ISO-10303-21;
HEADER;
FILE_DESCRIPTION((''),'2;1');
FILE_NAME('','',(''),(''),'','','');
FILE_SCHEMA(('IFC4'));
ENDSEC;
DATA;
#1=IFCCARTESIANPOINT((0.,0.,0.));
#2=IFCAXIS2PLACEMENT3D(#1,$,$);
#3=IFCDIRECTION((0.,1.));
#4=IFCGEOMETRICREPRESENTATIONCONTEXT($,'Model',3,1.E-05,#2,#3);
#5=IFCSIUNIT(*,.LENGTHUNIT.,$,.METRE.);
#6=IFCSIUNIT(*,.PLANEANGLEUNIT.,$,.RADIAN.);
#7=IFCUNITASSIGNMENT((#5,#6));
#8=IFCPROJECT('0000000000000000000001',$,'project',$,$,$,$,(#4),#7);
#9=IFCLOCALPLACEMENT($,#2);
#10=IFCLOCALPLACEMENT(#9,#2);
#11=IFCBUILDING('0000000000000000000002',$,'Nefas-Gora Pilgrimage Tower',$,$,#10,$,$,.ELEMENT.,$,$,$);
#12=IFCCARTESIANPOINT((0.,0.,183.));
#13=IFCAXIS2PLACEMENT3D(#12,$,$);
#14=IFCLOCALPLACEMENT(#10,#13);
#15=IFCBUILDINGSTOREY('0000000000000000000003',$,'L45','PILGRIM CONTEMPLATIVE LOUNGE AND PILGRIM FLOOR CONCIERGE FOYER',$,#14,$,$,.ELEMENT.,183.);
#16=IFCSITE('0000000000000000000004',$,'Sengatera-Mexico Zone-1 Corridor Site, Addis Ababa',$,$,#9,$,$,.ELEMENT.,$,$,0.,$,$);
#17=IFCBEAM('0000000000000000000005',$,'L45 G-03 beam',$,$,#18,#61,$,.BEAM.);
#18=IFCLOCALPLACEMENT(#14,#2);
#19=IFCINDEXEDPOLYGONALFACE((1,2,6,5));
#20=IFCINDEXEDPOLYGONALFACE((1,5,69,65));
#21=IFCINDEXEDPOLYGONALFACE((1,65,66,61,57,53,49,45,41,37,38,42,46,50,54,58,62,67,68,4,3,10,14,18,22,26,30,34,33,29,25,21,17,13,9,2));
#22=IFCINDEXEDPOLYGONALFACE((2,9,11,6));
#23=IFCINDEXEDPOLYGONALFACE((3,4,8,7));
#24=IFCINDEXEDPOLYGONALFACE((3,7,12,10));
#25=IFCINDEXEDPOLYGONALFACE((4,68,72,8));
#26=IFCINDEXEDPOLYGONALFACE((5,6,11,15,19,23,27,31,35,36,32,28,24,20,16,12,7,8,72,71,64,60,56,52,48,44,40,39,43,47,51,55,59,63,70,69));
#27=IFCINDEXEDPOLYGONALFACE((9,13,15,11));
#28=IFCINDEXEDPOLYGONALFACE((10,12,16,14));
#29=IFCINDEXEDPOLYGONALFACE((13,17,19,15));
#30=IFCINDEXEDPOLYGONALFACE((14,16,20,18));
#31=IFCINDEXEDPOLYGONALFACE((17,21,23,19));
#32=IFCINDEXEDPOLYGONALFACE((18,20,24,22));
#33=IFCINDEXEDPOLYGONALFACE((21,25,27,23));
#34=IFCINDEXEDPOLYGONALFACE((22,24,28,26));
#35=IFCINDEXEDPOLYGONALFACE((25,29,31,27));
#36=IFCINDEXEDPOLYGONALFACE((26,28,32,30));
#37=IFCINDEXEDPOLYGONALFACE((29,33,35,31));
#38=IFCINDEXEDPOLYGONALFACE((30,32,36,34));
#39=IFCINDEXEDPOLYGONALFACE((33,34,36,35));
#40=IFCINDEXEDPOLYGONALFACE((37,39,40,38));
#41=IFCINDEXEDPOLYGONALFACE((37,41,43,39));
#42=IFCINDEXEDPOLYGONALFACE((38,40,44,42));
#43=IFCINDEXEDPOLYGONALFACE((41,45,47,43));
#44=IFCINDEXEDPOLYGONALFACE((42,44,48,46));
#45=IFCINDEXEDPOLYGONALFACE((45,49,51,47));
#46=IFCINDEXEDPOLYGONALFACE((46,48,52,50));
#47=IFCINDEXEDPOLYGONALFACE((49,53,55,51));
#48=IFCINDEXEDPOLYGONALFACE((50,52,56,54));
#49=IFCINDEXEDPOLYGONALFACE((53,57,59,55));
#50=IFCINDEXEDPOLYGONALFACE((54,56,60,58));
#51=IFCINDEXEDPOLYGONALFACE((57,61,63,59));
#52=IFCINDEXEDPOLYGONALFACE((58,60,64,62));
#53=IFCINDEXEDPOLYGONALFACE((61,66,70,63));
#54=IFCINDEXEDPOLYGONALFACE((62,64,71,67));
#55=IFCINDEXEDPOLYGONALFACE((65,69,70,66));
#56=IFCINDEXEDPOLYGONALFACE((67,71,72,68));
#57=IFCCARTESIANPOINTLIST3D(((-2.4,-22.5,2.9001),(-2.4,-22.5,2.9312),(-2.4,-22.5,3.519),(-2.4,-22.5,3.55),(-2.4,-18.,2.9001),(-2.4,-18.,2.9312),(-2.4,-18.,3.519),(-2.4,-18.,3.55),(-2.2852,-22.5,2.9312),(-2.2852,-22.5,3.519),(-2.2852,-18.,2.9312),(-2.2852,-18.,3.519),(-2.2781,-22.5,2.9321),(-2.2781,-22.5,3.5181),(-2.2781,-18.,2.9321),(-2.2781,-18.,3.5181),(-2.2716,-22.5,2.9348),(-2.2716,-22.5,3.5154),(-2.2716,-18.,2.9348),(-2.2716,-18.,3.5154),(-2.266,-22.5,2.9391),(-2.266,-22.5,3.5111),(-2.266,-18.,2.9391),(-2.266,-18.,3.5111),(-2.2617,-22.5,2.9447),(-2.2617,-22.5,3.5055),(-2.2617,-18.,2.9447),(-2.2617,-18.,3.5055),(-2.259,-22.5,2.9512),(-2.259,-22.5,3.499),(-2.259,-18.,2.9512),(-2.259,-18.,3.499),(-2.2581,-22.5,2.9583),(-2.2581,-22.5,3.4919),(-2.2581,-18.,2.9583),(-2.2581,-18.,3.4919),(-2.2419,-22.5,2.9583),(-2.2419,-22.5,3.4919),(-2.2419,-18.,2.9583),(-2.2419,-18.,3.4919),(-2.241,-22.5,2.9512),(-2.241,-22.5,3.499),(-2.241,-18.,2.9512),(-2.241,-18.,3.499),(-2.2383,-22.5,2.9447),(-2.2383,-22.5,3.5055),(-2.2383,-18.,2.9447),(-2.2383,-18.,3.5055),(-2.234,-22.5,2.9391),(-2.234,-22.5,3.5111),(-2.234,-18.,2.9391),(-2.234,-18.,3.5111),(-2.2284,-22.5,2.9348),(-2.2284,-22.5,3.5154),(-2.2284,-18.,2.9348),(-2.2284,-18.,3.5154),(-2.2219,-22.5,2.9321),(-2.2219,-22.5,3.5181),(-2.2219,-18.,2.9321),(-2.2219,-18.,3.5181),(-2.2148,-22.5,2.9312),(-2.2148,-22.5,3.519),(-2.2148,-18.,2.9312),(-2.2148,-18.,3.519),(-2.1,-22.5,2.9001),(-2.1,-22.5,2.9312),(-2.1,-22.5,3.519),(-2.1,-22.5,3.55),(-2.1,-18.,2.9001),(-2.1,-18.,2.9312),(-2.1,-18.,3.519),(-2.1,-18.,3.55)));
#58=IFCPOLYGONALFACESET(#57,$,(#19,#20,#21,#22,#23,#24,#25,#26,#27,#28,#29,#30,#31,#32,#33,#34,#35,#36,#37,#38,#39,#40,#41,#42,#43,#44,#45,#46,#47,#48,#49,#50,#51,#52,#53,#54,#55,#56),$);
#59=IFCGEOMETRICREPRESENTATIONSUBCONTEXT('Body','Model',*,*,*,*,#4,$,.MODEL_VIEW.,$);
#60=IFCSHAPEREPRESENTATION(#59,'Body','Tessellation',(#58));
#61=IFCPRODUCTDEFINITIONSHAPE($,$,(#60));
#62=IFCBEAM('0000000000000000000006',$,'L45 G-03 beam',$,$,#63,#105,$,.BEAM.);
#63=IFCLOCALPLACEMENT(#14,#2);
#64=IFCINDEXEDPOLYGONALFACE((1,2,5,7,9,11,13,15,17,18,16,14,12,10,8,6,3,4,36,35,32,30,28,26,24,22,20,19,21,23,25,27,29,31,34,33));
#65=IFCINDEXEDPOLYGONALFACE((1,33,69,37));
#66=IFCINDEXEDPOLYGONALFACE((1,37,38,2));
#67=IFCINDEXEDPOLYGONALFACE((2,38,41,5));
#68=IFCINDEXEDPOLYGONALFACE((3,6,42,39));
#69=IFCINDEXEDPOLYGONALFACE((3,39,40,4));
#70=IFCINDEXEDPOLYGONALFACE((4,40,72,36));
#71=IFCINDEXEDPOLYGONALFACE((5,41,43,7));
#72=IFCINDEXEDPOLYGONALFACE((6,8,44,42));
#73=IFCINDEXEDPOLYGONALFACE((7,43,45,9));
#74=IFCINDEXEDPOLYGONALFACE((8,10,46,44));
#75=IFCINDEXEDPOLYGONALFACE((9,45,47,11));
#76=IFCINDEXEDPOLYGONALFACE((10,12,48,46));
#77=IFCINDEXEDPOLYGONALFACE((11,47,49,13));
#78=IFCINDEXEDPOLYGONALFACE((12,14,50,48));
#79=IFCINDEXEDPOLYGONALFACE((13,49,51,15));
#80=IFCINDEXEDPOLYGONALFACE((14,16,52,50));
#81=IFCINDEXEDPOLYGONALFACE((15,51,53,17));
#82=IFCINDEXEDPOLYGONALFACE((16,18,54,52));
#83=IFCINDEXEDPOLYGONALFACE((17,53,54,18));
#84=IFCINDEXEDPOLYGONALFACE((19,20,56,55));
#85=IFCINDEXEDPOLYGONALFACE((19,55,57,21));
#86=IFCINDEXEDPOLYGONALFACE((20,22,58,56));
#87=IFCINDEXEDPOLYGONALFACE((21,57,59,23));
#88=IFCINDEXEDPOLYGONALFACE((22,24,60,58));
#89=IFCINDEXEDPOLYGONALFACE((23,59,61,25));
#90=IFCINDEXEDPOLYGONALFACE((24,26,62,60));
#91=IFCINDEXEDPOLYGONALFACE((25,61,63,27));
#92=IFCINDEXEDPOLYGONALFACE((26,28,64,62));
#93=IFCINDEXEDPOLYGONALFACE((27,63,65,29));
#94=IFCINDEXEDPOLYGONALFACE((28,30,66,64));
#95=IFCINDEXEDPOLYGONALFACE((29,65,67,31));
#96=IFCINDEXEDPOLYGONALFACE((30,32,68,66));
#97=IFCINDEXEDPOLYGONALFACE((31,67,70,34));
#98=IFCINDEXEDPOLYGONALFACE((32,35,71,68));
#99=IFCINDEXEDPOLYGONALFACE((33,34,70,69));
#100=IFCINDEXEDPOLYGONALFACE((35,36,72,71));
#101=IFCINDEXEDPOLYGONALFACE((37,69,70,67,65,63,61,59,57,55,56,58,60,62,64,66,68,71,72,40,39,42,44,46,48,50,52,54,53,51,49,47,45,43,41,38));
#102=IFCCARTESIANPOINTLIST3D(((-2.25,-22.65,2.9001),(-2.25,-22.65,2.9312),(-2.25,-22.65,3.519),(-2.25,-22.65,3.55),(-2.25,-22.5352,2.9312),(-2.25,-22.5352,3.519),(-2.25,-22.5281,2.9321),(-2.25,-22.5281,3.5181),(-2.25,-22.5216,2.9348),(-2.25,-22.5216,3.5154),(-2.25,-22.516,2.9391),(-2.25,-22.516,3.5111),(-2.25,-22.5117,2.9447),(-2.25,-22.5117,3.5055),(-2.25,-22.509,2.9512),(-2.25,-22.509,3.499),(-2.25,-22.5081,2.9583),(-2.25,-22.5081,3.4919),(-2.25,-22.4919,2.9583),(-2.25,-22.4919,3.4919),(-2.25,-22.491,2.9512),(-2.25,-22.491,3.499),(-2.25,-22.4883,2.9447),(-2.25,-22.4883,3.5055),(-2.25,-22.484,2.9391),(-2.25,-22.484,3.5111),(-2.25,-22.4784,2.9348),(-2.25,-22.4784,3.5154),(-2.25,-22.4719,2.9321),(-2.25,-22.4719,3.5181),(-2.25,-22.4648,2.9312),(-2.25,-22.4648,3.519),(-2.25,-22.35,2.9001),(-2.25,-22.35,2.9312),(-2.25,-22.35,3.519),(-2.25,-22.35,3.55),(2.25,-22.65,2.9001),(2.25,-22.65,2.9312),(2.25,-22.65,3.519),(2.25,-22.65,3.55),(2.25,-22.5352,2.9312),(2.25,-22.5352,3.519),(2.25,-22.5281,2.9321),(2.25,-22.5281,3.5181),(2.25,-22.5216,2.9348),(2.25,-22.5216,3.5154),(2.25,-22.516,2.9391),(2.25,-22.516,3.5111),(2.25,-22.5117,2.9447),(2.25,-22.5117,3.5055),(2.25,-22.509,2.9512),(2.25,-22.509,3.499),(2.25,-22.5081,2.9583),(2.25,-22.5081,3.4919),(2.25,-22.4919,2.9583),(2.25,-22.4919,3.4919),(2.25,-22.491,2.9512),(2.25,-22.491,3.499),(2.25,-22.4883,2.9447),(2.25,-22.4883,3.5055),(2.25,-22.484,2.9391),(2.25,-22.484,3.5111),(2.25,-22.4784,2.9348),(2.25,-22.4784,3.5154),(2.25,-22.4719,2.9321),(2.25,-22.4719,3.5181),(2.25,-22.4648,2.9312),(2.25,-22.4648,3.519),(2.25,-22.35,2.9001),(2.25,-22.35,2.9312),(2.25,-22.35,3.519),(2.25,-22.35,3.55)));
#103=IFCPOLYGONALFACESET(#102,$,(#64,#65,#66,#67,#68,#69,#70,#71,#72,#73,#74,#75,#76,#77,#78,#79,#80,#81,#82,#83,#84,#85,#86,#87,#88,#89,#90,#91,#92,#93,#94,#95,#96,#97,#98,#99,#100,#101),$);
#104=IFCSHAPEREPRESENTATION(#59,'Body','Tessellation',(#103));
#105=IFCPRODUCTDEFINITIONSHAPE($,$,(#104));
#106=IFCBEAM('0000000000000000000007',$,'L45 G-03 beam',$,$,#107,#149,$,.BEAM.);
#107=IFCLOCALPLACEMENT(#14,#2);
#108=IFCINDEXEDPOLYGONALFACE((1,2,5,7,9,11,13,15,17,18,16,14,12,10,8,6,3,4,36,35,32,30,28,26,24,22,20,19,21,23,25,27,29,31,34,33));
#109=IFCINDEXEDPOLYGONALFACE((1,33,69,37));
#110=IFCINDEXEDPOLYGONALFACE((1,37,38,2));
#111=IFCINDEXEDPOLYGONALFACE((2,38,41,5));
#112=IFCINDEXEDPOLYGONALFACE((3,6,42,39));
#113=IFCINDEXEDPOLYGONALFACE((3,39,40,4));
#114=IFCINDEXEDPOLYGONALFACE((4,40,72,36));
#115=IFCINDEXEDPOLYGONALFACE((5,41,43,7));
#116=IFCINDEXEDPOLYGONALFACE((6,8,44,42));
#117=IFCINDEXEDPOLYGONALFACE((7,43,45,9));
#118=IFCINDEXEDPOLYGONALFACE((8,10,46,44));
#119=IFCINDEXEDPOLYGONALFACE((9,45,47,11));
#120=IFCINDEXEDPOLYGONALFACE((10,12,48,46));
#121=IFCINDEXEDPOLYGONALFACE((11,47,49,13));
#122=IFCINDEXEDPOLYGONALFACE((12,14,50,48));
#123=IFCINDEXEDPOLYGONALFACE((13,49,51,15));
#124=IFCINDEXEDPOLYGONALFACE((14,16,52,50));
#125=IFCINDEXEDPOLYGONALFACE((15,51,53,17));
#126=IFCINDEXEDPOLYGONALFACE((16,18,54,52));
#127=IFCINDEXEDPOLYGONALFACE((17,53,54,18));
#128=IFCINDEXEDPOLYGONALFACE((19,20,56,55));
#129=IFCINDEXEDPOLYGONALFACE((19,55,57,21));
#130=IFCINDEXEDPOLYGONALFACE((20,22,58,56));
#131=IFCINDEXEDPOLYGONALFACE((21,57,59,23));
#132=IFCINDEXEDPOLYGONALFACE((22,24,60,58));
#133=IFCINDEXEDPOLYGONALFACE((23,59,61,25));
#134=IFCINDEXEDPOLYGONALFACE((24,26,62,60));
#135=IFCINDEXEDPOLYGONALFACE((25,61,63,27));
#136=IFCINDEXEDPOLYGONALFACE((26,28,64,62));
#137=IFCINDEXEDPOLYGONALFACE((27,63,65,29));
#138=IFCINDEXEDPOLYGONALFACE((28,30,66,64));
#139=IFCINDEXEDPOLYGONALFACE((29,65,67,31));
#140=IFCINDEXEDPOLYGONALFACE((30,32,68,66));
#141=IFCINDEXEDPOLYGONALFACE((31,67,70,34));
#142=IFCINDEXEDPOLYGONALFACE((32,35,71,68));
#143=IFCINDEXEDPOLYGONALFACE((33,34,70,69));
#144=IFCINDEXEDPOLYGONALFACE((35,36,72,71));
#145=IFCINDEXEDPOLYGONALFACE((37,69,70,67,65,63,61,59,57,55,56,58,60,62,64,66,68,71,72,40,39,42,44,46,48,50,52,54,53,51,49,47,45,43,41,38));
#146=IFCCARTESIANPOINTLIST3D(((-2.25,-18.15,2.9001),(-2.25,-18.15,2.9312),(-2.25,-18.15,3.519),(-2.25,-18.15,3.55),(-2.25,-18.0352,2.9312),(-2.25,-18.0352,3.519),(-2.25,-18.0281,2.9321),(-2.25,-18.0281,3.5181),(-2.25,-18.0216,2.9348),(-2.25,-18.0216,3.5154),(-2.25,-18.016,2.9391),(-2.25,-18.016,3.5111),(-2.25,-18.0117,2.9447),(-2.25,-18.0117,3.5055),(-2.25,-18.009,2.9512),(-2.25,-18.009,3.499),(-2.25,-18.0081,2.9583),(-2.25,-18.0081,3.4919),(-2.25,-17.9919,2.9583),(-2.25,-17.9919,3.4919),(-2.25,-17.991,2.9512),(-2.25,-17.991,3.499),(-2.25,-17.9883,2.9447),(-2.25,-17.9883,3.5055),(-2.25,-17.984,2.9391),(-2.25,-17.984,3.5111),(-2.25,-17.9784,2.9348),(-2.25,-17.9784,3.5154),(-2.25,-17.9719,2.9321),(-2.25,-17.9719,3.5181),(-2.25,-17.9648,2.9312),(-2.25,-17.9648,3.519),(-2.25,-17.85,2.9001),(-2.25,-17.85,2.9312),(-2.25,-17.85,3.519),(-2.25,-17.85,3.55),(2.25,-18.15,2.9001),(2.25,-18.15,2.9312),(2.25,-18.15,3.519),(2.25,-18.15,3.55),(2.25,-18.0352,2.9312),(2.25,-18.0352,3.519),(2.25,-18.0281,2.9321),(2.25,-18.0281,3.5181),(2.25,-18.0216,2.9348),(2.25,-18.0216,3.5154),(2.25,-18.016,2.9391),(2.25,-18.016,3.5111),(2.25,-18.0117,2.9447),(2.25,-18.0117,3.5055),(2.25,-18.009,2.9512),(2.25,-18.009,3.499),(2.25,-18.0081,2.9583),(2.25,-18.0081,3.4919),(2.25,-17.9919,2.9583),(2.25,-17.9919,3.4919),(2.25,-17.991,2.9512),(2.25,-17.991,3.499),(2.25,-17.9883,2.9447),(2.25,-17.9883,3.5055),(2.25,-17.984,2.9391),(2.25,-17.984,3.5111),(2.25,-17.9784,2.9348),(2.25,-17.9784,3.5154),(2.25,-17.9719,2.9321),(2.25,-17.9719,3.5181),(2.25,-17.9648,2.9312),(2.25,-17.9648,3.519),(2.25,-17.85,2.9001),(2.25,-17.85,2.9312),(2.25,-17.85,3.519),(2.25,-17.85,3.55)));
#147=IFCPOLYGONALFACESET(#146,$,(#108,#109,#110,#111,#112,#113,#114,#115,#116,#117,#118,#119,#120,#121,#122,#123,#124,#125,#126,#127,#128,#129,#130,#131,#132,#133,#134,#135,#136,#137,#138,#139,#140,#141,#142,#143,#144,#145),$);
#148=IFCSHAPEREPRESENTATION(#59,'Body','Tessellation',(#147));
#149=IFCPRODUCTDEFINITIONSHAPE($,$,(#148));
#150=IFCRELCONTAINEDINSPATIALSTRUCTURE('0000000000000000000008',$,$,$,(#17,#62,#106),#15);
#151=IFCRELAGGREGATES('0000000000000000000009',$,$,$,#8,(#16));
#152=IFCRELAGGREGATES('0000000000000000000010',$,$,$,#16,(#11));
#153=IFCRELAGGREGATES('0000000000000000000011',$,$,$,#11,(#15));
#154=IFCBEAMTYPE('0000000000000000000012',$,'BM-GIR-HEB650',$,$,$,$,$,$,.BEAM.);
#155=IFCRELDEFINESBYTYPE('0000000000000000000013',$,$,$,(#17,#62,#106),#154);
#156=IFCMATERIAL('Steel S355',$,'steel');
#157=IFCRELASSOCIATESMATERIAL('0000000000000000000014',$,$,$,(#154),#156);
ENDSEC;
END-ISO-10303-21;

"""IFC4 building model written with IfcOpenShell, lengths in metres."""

from ifc_helpers import new_model, si_unit, direction, frame, origin, origin_2d, place, context, subcontext, project, spatial, i_section, extrude, source, transform, mapped, material, material_profile, profile_set, type_object, element, save


model = new_model("IFC4")

# Units and contexts
model_context = context("Model", 3, precision=1e-05, world=origin(), true_north=direction((0.0, 1.0)))
body_context = subcontext(model_context, "Body", "Model", "MODEL_VIEW")
ifc_project = project(units=[si_unit("LENGTHUNIT", "METRE"), si_unit("PLANEANGLEUNIT", "RADIAN")], contexts=[model_context])

# Site, building, storey
site_placement = place(None, origin())
site = spatial("IfcSite", under=ifc_project, at=site_placement, Name="Sengatera-Mexico Zone-1 Corridor Site, Addis Ababa", CompositionType="ELEMENT", RefElevation=0.0)
building_placement = place(site_placement, origin())
building = spatial("IfcBuilding", under=site, at=building_placement, Name="Nefas-Gora Pilgrimage Tower", CompositionType="ELEMENT")
storey_placement = place(building_placement, frame((0.0, 0.0, 183.0)))
storey = spatial("IfcBuildingStorey", under=building, at=storey_placement, Name="L45", Description="PILGRIM CONTEMPLATIVE LOUNGE AND PILGRIM FLOOR CONCIERGE FOYER", CompositionType="ELEMENT", Elevation=183.0)

# Beams
ifc_material_1 = material(Name="Steel S355", Category="steel")
ifc_material_profile_1 = material_profile(ifc_material_1, i_section(OverallWidth=0.3, OverallDepth=0.6499, WebThickness=0.0161, FlangeThickness=0.031, FilletRadius=0.0271, at=origin_2d()), Name="HEB 650")
ifc_profile_set_1 = profile_set([ifc_material_profile_1], Name="Steel S355")
beam_type = type_object("IfcBeamType", Name="BM-GIR-HEB650", PredefinedType="BEAM", material=ifc_profile_set_1)
shared_shape_1 = source(origin(), body_context, "Body", "SweptSolid", [
    extrude(i_section(OverallWidth=0.3, OverallDepth=0.6499, WebThickness=0.0161, FlangeThickness=0.031, FilletRadius=0.0271, at=origin_2d()), origin(), (0.0, 0.0, 1.0), 4.5),
])
for number, where, z_axis, x_axis, name in (
    (1, (-2.25, -22.5, 3.2251), (0.0, 1.0, 0.0), (-1.0, 0.0, 0.0), "L45 G-03 beam"),
    (2, (-2.25, -22.5, 3.2251), (1.0, 0.0, 0.0), (0.0, 1.0, 0.0), "L45 G-03 beam"),
    (3, (-2.25, -18.0, 3.2251), (1.0, 0.0, 0.0), (0.0, 1.0, 0.0), "L45 G-03 beam"),
):
    element("IfcBeam", number, at=place(storey_placement, frame(where, z_axis=z_axis, x_axis=x_axis)), inside=storey, type_object=beam_type, Name=name, PredefinedType="BEAM", context=body_context, shape_type="MappedRepresentation", body=[
        mapped(shared_shape_1, transform((0.0, 0.0, 0.0), x_axis=(1.0, 0.0, 0.0), y_axis=(0.0, 1.0, 0.0), z_axis=(0.0, 0.0, 1.0), scale=1.0)),
    ])

save(model, "model.ifc")
